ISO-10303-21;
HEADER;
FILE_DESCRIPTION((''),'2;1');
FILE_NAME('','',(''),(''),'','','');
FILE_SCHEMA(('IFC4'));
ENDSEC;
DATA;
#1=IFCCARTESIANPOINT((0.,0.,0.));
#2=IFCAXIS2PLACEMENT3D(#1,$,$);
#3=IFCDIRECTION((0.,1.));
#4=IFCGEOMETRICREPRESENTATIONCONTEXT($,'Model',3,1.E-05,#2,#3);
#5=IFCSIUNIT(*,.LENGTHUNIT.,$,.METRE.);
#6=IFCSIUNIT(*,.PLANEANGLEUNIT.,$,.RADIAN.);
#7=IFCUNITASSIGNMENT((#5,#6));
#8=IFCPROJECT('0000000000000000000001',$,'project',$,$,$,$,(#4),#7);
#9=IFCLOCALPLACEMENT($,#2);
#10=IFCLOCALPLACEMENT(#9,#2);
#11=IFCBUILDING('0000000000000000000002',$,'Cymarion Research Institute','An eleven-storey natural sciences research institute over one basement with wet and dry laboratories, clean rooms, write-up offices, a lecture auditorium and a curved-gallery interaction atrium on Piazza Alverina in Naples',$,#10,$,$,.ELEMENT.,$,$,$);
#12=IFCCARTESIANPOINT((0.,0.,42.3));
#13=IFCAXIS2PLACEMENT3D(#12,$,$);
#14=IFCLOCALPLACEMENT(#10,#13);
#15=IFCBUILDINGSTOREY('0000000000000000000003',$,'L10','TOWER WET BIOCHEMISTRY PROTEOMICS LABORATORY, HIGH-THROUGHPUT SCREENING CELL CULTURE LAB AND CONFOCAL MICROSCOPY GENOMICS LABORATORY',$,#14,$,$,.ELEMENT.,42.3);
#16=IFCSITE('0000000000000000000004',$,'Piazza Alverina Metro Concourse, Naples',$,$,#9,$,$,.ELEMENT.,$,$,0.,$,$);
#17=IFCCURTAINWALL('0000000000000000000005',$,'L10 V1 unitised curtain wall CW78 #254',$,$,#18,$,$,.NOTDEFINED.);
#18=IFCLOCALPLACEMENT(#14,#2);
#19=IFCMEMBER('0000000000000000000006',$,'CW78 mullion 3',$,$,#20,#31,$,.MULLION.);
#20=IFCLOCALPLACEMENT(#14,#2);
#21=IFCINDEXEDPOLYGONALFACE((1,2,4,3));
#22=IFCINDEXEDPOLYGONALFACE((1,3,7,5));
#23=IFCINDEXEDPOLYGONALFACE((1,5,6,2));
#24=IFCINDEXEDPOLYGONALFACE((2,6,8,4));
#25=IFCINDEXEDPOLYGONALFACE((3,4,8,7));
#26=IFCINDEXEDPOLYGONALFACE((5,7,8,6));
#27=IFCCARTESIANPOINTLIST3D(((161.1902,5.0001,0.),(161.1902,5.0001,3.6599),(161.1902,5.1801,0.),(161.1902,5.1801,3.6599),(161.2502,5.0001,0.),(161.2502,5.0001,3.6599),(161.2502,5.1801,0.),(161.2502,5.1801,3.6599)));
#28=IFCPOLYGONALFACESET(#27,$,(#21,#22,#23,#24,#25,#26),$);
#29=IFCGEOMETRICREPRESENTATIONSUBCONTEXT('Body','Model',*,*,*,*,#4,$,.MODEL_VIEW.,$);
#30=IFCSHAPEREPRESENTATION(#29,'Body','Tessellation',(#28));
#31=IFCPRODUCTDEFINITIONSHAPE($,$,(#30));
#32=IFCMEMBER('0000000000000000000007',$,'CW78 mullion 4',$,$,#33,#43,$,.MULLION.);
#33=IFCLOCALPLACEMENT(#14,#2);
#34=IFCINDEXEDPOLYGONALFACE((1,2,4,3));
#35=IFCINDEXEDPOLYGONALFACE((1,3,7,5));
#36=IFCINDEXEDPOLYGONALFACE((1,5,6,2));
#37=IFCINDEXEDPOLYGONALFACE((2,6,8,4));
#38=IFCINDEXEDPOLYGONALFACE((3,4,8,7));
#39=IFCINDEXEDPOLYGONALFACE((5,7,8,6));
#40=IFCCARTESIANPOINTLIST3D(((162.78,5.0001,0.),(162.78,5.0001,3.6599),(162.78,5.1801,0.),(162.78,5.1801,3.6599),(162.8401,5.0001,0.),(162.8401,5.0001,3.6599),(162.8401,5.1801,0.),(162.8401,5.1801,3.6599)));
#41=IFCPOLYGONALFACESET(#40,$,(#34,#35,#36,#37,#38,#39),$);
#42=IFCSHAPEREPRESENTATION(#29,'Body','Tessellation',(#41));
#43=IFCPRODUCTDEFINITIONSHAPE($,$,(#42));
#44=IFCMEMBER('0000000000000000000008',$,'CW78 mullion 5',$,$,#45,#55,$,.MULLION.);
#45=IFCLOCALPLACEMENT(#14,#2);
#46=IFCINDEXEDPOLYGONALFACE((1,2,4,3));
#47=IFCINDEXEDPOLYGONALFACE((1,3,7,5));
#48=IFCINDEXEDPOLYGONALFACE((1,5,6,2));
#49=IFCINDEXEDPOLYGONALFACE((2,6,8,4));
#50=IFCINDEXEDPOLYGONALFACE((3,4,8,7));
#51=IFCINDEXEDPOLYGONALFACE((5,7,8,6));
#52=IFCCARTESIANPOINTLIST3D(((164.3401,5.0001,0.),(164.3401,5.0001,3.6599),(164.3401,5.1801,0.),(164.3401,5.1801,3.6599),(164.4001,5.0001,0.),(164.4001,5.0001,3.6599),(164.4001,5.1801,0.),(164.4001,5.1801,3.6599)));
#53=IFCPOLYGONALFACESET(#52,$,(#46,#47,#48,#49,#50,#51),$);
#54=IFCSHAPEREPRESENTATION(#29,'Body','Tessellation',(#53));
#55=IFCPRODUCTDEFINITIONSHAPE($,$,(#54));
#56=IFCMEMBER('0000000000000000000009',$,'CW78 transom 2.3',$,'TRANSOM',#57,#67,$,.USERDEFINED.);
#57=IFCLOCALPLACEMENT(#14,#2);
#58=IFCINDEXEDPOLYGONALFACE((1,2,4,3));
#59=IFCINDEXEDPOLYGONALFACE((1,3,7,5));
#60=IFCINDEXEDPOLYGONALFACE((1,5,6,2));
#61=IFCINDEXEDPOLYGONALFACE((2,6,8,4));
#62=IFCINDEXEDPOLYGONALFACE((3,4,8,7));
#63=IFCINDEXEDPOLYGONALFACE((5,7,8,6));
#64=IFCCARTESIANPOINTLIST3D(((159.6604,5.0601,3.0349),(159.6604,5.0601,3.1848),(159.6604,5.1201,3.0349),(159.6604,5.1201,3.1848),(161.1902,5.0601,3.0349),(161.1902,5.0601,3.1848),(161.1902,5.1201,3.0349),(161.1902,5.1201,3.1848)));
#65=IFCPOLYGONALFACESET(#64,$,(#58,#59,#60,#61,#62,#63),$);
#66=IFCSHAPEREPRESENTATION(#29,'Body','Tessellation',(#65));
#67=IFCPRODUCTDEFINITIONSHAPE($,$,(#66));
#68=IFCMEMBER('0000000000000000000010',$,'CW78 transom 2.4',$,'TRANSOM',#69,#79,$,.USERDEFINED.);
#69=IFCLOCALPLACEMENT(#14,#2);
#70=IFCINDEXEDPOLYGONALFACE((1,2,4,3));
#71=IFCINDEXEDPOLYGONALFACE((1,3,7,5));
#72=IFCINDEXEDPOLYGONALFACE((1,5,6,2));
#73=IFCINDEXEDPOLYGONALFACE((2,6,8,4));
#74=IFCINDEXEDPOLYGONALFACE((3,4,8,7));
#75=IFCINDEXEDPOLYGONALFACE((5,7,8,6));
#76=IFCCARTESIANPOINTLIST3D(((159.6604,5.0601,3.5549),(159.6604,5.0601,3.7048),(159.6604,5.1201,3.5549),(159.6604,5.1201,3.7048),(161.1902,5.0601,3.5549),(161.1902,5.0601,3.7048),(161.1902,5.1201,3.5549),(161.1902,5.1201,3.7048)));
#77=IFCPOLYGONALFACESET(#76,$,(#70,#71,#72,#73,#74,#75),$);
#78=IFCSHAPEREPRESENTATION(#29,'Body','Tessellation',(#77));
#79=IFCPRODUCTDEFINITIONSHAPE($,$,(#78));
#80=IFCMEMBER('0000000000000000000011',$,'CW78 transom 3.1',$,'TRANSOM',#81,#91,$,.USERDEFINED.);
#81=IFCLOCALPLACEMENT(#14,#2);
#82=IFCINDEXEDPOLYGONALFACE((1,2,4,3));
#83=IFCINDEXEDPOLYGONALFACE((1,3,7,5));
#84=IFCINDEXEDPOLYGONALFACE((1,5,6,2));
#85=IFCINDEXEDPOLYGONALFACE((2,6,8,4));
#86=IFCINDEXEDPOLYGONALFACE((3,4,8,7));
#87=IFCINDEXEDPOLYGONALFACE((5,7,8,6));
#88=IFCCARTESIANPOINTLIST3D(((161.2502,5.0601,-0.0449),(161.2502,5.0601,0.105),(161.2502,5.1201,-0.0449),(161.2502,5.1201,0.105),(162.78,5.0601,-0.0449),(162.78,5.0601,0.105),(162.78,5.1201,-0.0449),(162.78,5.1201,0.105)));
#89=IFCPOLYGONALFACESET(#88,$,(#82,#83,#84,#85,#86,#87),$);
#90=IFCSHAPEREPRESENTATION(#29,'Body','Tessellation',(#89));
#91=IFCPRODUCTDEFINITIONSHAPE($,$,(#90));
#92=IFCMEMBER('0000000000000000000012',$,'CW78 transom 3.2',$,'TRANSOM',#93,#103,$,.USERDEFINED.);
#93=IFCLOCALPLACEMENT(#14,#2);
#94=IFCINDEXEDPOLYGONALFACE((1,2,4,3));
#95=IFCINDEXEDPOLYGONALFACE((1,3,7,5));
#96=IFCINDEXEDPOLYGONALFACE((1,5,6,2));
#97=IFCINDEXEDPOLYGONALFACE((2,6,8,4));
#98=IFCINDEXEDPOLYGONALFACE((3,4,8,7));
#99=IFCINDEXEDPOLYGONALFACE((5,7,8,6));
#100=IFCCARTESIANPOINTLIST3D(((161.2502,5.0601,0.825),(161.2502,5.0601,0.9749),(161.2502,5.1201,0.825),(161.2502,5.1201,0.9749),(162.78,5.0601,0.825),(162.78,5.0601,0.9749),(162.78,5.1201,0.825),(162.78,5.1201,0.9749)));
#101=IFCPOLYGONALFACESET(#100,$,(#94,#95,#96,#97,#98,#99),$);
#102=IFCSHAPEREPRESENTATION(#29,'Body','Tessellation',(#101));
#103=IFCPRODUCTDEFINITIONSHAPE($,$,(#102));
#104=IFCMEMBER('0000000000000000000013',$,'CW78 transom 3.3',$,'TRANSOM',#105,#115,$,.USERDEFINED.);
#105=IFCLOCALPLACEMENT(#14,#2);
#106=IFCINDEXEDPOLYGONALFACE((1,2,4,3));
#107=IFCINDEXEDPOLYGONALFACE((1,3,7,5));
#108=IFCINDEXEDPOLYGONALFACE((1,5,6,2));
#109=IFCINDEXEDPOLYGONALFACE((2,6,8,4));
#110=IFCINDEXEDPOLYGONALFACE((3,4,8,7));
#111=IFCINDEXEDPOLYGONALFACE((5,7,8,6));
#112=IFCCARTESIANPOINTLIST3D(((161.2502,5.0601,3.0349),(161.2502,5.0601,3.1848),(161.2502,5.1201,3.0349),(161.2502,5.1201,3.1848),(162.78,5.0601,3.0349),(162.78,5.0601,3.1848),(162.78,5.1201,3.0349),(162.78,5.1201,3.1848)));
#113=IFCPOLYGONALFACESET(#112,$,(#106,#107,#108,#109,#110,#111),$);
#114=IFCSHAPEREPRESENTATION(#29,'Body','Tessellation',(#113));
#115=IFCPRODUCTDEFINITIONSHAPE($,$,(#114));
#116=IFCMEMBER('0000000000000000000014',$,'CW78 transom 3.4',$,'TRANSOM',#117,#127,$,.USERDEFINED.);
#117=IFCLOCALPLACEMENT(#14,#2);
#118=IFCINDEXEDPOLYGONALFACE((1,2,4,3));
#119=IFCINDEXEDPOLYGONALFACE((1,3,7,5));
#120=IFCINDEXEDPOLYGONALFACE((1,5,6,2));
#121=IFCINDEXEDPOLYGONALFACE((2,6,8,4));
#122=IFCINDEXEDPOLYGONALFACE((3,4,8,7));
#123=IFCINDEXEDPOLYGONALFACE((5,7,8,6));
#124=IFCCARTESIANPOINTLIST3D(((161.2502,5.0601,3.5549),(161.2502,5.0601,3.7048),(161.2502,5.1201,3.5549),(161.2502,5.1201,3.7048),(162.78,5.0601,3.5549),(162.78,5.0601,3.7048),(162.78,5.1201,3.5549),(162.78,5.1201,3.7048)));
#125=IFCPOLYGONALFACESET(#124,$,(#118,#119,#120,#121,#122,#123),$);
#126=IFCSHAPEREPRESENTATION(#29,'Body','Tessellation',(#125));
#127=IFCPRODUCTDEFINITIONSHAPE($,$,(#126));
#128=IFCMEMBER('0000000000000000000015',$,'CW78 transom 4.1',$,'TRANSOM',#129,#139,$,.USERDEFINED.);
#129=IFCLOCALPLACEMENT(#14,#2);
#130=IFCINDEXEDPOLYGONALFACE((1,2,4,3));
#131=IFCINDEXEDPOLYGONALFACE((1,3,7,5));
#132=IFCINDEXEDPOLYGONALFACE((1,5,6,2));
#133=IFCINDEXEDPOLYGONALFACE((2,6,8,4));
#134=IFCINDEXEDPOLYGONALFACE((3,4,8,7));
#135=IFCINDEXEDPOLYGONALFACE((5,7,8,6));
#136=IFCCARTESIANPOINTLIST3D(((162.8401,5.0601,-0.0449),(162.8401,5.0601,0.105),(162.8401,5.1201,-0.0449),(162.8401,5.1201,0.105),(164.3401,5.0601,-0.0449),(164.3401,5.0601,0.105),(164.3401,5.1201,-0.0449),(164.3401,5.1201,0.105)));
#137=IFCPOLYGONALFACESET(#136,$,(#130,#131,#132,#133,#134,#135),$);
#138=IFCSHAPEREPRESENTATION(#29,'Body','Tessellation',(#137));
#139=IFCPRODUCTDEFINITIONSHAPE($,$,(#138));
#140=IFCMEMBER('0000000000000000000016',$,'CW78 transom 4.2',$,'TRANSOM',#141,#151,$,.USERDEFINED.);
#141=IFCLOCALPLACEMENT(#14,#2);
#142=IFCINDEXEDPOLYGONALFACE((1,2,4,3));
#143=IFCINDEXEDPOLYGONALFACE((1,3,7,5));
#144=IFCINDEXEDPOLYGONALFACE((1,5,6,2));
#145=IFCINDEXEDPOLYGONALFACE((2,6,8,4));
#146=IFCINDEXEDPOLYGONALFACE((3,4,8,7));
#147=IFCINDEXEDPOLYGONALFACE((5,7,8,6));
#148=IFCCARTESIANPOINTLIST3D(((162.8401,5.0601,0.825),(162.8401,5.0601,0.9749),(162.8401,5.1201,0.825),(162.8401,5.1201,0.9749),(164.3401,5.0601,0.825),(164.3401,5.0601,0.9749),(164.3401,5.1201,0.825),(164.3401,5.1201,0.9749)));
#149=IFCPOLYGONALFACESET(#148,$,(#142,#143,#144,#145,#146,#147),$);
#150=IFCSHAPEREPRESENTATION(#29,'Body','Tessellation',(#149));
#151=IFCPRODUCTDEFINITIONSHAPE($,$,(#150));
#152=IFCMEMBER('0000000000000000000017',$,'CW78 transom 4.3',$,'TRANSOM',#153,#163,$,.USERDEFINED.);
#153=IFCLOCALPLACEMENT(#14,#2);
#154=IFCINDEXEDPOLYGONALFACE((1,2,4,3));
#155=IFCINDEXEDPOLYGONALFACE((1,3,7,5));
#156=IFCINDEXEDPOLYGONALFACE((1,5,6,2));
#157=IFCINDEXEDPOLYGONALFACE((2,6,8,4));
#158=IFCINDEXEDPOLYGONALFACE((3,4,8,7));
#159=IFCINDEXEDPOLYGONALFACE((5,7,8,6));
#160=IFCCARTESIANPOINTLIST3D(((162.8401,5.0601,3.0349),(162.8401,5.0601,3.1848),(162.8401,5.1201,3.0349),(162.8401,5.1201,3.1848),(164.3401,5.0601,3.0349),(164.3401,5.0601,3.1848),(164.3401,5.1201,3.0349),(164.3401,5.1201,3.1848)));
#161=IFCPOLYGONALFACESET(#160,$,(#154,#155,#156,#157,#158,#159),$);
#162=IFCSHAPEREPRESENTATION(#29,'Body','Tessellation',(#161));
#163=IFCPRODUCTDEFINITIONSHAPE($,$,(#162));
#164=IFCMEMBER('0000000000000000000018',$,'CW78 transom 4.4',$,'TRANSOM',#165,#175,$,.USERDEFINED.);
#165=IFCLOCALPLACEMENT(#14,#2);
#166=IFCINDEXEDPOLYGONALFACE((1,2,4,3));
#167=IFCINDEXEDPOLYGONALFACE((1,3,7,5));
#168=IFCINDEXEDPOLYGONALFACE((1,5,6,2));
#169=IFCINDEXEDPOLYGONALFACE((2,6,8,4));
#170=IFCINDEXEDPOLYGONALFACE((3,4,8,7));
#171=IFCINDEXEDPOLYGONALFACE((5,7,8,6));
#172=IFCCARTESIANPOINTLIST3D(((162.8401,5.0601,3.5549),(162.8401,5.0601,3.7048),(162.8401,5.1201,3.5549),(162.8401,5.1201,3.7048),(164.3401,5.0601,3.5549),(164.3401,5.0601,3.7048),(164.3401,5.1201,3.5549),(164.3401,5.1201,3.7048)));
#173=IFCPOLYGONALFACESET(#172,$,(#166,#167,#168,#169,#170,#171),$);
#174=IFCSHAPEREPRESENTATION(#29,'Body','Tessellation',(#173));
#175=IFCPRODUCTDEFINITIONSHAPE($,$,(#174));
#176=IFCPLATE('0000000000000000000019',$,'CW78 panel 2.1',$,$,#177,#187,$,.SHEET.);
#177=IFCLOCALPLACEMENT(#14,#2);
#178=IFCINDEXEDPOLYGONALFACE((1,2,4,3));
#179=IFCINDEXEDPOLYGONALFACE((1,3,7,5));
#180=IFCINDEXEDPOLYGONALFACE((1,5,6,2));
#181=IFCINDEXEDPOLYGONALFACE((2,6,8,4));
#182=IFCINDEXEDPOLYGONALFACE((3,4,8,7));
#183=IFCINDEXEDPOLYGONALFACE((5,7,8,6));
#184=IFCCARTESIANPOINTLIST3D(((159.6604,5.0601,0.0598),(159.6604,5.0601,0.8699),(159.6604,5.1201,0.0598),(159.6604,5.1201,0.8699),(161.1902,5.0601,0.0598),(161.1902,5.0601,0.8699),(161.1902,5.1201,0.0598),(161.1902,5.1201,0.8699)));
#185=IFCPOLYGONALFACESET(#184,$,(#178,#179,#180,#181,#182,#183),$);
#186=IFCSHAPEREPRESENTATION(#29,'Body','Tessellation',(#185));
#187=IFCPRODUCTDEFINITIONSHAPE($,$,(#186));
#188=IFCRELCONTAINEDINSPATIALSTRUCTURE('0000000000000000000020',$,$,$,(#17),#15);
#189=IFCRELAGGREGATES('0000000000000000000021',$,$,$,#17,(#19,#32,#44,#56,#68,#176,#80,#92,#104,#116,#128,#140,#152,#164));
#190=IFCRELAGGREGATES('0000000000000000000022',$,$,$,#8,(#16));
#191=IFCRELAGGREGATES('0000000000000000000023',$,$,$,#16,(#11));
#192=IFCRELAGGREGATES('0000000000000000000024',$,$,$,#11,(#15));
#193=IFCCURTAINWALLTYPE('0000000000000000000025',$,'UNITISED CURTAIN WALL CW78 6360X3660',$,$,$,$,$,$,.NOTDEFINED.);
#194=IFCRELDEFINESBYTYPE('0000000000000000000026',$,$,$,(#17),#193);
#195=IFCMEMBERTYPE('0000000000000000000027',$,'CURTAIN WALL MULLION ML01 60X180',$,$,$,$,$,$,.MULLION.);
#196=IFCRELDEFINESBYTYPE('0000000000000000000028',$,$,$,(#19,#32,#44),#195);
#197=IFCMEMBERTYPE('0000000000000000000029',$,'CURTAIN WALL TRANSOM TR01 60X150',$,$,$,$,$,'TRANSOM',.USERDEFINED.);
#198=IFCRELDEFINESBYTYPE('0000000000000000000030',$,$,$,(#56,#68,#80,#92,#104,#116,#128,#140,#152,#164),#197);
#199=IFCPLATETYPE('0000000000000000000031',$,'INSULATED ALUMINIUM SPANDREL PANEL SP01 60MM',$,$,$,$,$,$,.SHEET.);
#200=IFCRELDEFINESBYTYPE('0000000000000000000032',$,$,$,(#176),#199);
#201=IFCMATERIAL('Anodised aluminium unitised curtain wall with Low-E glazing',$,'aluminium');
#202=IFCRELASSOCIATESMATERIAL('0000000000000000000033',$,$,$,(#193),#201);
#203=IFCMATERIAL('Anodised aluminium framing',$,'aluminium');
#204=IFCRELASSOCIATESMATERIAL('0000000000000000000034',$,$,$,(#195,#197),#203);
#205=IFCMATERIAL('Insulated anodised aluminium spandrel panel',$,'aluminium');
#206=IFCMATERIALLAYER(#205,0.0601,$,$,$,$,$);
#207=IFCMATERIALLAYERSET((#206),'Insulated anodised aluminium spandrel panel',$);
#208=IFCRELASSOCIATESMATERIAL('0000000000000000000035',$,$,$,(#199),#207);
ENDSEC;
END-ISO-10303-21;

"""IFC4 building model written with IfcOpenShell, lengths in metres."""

from ifc_helpers import new_model, si_unit, direction, frame, origin, origin_2d, place, context, subcontext, project, spatial, rectangle, extrude, material, layer, layer_set, material_profile, profile_set, type_object, element, aggregate, save


model = new_model("IFC4")

# Units and contexts
model_context = context("Model", 3, precision=1e-05, world=origin(), true_north=direction((0.0, 1.0)))
body_context = subcontext(model_context, "Body", "Model", "MODEL_VIEW")
ifc_project = project(units=[si_unit("LENGTHUNIT", "METRE"), si_unit("PLANEANGLEUNIT", "RADIAN")], contexts=[model_context])

# Site, building, storey
site_placement = place(None, origin())
site = spatial("IfcSite", under=ifc_project, at=site_placement, Name="Piazza Alverina Metro Concourse, Naples", CompositionType="ELEMENT", RefElevation=0.0)
building_placement = place(site_placement, origin())
building = spatial("IfcBuilding", under=site, at=building_placement, Name="Cymarion Research Institute", Description="An eleven-storey natural sciences research institute over one basement with wet and dry laboratories, clean rooms, write-up offices, a lecture auditorium and a curved-gallery interaction atrium on Piazza Alverina in Naples", CompositionType="ELEMENT")
storey_placement = place(building_placement, frame((0.0, 0.0, 42.3)))
storey = spatial("IfcBuildingStorey", under=building, at=storey_placement, Name="L10", Description="TOWER WET BIOCHEMISTRY PROTEOMICS LABORATORY, HIGH-THROUGHPUT SCREENING CELL CULTURE LAB AND CONFOCAL MICROSCOPY GENOMICS LABORATORY", CompositionType="ELEMENT", Elevation=42.3)

# Curtain wall, members, plate
ifc_material_1 = material(Name="Anodised aluminium unitised curtain wall with Low-E glazing", Category="aluminium")
curtain_wall_type = type_object("IfcCurtainWallType", Name="UNITISED CURTAIN WALL CW78 6360X3660", PredefinedType="NOTDEFINED", material=ifc_material_1)
curtain_wall_placement = place(storey_placement, origin())
curtain_wall = element("IfcCurtainWall", 1, at=curtain_wall_placement, inside=storey, type_object=curtain_wall_type, Name="L10 V1 unitised curtain wall CW78 #254", PredefinedType="NOTDEFINED")
ifc_material_2 = material(Name="Anodised aluminium framing", Category="aluminium")
ifc_material_profile_1 = material_profile(ifc_material_2, rectangle(XDim=0.0601, YDim=0.1799, at=origin_2d()), Name="ALU MULLION 60x180")
ifc_profile_set_1 = profile_set([ifc_material_profile_1], Name="Anodised aluminium framing")
member_type_1 = type_object("IfcMemberType", Name="CURTAIN WALL MULLION ML01 60X180", PredefinedType="MULLION", material=ifc_profile_set_1)
member_1_placement = place(storey_placement, frame((161.2202, 5.0901, 0.0), z_axis=(0.0, 0.0, 1.0), x_axis=(1.0, 0.0, 0.0)))
member_1 = element("IfcMember", 2, at=member_1_placement, type_object=member_type_1, Name="CW78 mullion 3", PredefinedType="MULLION", context=body_context, shape_type="SweptSolid", body=[
    extrude(rectangle(XDim=0.0601, YDim=0.1799, at=origin_2d()), origin(), (0.0, 0.0, 1.0), 3.6599),
])
member_2_placement = place(storey_placement, frame((162.8101, 5.0901, 0.0), z_axis=(0.0, 0.0, 1.0), x_axis=(1.0, 0.0, 0.0)))
member_2 = element("IfcMember", 3, at=member_2_placement, type_object=member_type_1, Name="CW78 mullion 4", PredefinedType="MULLION", context=body_context, shape_type="SweptSolid", body=[
    extrude(rectangle(XDim=0.0601, YDim=0.1799, at=origin_2d()), origin(), (0.0, 0.0, 1.0), 3.6599),
])
member_3_placement = place(storey_placement, frame((164.3701, 5.0901, 0.0), z_axis=(0.0, 0.0, 1.0), x_axis=(1.0, 0.0, 0.0)))
member_3 = element("IfcMember", 4, at=member_3_placement, type_object=member_type_1, Name="CW78 mullion 5", PredefinedType="MULLION", context=body_context, shape_type="SweptSolid", body=[
    extrude(rectangle(XDim=0.0601, YDim=0.1799, at=origin_2d()), origin(), (0.0, 0.0, 1.0), 3.6599),
])
ifc_material_profile_2 = material_profile(ifc_material_2, rectangle(XDim=0.0601, YDim=0.1499, at=origin_2d()), Name="ALU TRANSOM 60x150")
ifc_profile_set_2 = profile_set([ifc_material_profile_2], Name="Anodised aluminium framing")
member_type_2 = type_object("IfcMemberType", Name="CURTAIN WALL TRANSOM TR01 60X150", ElementType="TRANSOM", PredefinedType="USERDEFINED", material=ifc_profile_set_2)
member_4_placement = place(storey_placement, frame((159.6604, 5.0901, 3.1099), z_axis=(1.0, 0.0, 0.0), x_axis=(0.0, 1.0, 0.0)))
member_4 = element("IfcMember", 5, at=member_4_placement, type_object=member_type_2, Name="CW78 transom 2.3", ObjectType="TRANSOM", PredefinedType="USERDEFINED", context=body_context, shape_type="SweptSolid", body=[
    extrude(rectangle(XDim=0.0601, YDim=0.1499, at=origin_2d()), origin(), (0.0, 0.0, 1.0), 1.5298),
])
member_5_placement = place(storey_placement, frame((159.6604, 5.0901, 3.6299), z_axis=(1.0, 0.0, 0.0), x_axis=(0.0, 1.0, 0.0)))
member_5 = element("IfcMember", 6, at=member_5_placement, type_object=member_type_2, Name="CW78 transom 2.4", ObjectType="TRANSOM", PredefinedType="USERDEFINED", context=body_context, shape_type="SweptSolid", body=[
    extrude(rectangle(XDim=0.0601, YDim=0.1499, at=origin_2d()), origin(), (0.0, 0.0, 1.0), 1.5298),
])
member_6_placement = place(storey_placement, frame((161.2502, 5.0901, 0.03), z_axis=(1.0, 0.0, 0.0), x_axis=(0.0, 1.0, 0.0)))
member_6 = element("IfcMember", 7, at=member_6_placement, type_object=member_type_2, Name="CW78 transom 3.1", ObjectType="TRANSOM", PredefinedType="USERDEFINED", context=body_context, shape_type="SweptSolid", body=[
    extrude(rectangle(XDim=0.0601, YDim=0.1499, at=origin_2d()), origin(), (0.0, 0.0, 1.0), 1.5298),
])
member_7_placement = place(storey_placement, frame((161.2502, 5.0901, 0.8999), z_axis=(1.0, 0.0, 0.0), x_axis=(0.0, 1.0, 0.0)))
member_7 = element("IfcMember", 8, at=member_7_placement, type_object=member_type_2, Name="CW78 transom 3.2", ObjectType="TRANSOM", PredefinedType="USERDEFINED", context=body_context, shape_type="SweptSolid", body=[
    extrude(rectangle(XDim=0.0601, YDim=0.1499, at=origin_2d()), origin(), (0.0, 0.0, 1.0), 1.5298),
])
member_8_placement = place(storey_placement, frame((161.2502, 5.0901, 3.1099), z_axis=(1.0, 0.0, 0.0), x_axis=(0.0, 1.0, 0.0)))
member_8 = element("IfcMember", 9, at=member_8_placement, type_object=member_type_2, Name="CW78 transom 3.3", ObjectType="TRANSOM", PredefinedType="USERDEFINED", context=body_context, shape_type="SweptSolid", body=[
    extrude(rectangle(XDim=0.0601, YDim=0.1499, at=origin_2d()), origin(), (0.0, 0.0, 1.0), 1.5298),
])
member_9_placement = place(storey_placement, frame((161.2502, 5.0901, 3.6299), z_axis=(1.0, 0.0, 0.0), x_axis=(0.0, 1.0, 0.0)))
member_9 = element("IfcMember", 10, at=member_9_placement, type_object=member_type_2, Name="CW78 transom 3.4", ObjectType="TRANSOM", PredefinedType="USERDEFINED", context=body_context, shape_type="SweptSolid", body=[
    extrude(rectangle(XDim=0.0601, YDim=0.1499, at=origin_2d()), origin(), (0.0, 0.0, 1.0), 1.5298),
])
member_10_placement = place(storey_placement, frame((162.8401, 5.0901, 0.03), z_axis=(1.0, 0.0, 0.0), x_axis=(0.0, 1.0, 0.0)))
member_10 = element("IfcMember", 11, at=member_10_placement, type_object=member_type_2, Name="CW78 transom 4.1", ObjectType="TRANSOM", PredefinedType="USERDEFINED", context=body_context, shape_type="SweptSolid", body=[
    extrude(rectangle(XDim=0.0601, YDim=0.1499, at=origin_2d()), origin(), (0.0, 0.0, 1.0), 1.5),
])
member_11_placement = place(storey_placement, frame((162.8401, 5.0901, 0.8999), z_axis=(1.0, 0.0, 0.0), x_axis=(0.0, 1.0, 0.0)))
member_11 = element("IfcMember", 12, at=member_11_placement, type_object=member_type_2, Name="CW78 transom 4.2", ObjectType="TRANSOM", PredefinedType="USERDEFINED", context=body_context, shape_type="SweptSolid", body=[
    extrude(rectangle(XDim=0.0601, YDim=0.1499, at=origin_2d()), origin(), (0.0, 0.0, 1.0), 1.5),
])
member_12_placement = place(storey_placement, frame((162.8401, 5.0901, 3.1099), z_axis=(1.0, 0.0, 0.0), x_axis=(0.0, 1.0, 0.0)))
member_12 = element("IfcMember", 13, at=member_12_placement, type_object=member_type_2, Name="CW78 transom 4.3", ObjectType="TRANSOM", PredefinedType="USERDEFINED", context=body_context, shape_type="SweptSolid", body=[
    extrude(rectangle(XDim=0.0601, YDim=0.1499, at=origin_2d()), origin(), (0.0, 0.0, 1.0), 1.5),
])
member_13_placement = place(storey_placement, frame((162.8401, 5.0901, 3.6299), z_axis=(1.0, 0.0, 0.0), x_axis=(0.0, 1.0, 0.0)))
member_13 = element("IfcMember", 14, at=member_13_placement, type_object=member_type_2, Name="CW78 transom 4.4", ObjectType="TRANSOM", PredefinedType="USERDEFINED", context=body_context, shape_type="SweptSolid", body=[
    extrude(rectangle(XDim=0.0601, YDim=0.1499, at=origin_2d()), origin(), (0.0, 0.0, 1.0), 1.5),
])
ifc_material_3 = material(Name="Insulated anodised aluminium spandrel panel", Category="aluminium")
ifc_layer_1 = layer(ifc_material_3, 0.0601)
ifc_layer_set_1 = layer_set([ifc_layer_1], Name="Insulated anodised aluminium spandrel panel")
plate_type_1 = type_object("IfcPlateType", Name="INSULATED ALUMINIUM SPANDREL PANEL SP01 60MM", PredefinedType="SHEET", material=ifc_layer_set_1)
plate_1_placement = place(storey_placement, frame((160.4253, 5.0901, 0.0598), z_axis=(0.0, 0.0, 1.0), x_axis=(1.0, 0.0, 0.0)))
plate_1 = element("IfcPlate", 15, at=plate_1_placement, type_object=plate_type_1, Name="CW78 panel 2.1", PredefinedType="SHEET", context=body_context, shape_type="SweptSolid", body=[
    extrude(rectangle(XDim=1.5298, YDim=0.0601, at=origin_2d()), origin(), (0.0, 0.0, 1.0), 0.8101),
])
aggregate(curtain_wall, [member_1, member_2, member_3, member_4, member_5, plate_1, member_6, member_7, member_8, member_9, member_10, member_11, member_12, member_13])

save(model, "model.ifc")
